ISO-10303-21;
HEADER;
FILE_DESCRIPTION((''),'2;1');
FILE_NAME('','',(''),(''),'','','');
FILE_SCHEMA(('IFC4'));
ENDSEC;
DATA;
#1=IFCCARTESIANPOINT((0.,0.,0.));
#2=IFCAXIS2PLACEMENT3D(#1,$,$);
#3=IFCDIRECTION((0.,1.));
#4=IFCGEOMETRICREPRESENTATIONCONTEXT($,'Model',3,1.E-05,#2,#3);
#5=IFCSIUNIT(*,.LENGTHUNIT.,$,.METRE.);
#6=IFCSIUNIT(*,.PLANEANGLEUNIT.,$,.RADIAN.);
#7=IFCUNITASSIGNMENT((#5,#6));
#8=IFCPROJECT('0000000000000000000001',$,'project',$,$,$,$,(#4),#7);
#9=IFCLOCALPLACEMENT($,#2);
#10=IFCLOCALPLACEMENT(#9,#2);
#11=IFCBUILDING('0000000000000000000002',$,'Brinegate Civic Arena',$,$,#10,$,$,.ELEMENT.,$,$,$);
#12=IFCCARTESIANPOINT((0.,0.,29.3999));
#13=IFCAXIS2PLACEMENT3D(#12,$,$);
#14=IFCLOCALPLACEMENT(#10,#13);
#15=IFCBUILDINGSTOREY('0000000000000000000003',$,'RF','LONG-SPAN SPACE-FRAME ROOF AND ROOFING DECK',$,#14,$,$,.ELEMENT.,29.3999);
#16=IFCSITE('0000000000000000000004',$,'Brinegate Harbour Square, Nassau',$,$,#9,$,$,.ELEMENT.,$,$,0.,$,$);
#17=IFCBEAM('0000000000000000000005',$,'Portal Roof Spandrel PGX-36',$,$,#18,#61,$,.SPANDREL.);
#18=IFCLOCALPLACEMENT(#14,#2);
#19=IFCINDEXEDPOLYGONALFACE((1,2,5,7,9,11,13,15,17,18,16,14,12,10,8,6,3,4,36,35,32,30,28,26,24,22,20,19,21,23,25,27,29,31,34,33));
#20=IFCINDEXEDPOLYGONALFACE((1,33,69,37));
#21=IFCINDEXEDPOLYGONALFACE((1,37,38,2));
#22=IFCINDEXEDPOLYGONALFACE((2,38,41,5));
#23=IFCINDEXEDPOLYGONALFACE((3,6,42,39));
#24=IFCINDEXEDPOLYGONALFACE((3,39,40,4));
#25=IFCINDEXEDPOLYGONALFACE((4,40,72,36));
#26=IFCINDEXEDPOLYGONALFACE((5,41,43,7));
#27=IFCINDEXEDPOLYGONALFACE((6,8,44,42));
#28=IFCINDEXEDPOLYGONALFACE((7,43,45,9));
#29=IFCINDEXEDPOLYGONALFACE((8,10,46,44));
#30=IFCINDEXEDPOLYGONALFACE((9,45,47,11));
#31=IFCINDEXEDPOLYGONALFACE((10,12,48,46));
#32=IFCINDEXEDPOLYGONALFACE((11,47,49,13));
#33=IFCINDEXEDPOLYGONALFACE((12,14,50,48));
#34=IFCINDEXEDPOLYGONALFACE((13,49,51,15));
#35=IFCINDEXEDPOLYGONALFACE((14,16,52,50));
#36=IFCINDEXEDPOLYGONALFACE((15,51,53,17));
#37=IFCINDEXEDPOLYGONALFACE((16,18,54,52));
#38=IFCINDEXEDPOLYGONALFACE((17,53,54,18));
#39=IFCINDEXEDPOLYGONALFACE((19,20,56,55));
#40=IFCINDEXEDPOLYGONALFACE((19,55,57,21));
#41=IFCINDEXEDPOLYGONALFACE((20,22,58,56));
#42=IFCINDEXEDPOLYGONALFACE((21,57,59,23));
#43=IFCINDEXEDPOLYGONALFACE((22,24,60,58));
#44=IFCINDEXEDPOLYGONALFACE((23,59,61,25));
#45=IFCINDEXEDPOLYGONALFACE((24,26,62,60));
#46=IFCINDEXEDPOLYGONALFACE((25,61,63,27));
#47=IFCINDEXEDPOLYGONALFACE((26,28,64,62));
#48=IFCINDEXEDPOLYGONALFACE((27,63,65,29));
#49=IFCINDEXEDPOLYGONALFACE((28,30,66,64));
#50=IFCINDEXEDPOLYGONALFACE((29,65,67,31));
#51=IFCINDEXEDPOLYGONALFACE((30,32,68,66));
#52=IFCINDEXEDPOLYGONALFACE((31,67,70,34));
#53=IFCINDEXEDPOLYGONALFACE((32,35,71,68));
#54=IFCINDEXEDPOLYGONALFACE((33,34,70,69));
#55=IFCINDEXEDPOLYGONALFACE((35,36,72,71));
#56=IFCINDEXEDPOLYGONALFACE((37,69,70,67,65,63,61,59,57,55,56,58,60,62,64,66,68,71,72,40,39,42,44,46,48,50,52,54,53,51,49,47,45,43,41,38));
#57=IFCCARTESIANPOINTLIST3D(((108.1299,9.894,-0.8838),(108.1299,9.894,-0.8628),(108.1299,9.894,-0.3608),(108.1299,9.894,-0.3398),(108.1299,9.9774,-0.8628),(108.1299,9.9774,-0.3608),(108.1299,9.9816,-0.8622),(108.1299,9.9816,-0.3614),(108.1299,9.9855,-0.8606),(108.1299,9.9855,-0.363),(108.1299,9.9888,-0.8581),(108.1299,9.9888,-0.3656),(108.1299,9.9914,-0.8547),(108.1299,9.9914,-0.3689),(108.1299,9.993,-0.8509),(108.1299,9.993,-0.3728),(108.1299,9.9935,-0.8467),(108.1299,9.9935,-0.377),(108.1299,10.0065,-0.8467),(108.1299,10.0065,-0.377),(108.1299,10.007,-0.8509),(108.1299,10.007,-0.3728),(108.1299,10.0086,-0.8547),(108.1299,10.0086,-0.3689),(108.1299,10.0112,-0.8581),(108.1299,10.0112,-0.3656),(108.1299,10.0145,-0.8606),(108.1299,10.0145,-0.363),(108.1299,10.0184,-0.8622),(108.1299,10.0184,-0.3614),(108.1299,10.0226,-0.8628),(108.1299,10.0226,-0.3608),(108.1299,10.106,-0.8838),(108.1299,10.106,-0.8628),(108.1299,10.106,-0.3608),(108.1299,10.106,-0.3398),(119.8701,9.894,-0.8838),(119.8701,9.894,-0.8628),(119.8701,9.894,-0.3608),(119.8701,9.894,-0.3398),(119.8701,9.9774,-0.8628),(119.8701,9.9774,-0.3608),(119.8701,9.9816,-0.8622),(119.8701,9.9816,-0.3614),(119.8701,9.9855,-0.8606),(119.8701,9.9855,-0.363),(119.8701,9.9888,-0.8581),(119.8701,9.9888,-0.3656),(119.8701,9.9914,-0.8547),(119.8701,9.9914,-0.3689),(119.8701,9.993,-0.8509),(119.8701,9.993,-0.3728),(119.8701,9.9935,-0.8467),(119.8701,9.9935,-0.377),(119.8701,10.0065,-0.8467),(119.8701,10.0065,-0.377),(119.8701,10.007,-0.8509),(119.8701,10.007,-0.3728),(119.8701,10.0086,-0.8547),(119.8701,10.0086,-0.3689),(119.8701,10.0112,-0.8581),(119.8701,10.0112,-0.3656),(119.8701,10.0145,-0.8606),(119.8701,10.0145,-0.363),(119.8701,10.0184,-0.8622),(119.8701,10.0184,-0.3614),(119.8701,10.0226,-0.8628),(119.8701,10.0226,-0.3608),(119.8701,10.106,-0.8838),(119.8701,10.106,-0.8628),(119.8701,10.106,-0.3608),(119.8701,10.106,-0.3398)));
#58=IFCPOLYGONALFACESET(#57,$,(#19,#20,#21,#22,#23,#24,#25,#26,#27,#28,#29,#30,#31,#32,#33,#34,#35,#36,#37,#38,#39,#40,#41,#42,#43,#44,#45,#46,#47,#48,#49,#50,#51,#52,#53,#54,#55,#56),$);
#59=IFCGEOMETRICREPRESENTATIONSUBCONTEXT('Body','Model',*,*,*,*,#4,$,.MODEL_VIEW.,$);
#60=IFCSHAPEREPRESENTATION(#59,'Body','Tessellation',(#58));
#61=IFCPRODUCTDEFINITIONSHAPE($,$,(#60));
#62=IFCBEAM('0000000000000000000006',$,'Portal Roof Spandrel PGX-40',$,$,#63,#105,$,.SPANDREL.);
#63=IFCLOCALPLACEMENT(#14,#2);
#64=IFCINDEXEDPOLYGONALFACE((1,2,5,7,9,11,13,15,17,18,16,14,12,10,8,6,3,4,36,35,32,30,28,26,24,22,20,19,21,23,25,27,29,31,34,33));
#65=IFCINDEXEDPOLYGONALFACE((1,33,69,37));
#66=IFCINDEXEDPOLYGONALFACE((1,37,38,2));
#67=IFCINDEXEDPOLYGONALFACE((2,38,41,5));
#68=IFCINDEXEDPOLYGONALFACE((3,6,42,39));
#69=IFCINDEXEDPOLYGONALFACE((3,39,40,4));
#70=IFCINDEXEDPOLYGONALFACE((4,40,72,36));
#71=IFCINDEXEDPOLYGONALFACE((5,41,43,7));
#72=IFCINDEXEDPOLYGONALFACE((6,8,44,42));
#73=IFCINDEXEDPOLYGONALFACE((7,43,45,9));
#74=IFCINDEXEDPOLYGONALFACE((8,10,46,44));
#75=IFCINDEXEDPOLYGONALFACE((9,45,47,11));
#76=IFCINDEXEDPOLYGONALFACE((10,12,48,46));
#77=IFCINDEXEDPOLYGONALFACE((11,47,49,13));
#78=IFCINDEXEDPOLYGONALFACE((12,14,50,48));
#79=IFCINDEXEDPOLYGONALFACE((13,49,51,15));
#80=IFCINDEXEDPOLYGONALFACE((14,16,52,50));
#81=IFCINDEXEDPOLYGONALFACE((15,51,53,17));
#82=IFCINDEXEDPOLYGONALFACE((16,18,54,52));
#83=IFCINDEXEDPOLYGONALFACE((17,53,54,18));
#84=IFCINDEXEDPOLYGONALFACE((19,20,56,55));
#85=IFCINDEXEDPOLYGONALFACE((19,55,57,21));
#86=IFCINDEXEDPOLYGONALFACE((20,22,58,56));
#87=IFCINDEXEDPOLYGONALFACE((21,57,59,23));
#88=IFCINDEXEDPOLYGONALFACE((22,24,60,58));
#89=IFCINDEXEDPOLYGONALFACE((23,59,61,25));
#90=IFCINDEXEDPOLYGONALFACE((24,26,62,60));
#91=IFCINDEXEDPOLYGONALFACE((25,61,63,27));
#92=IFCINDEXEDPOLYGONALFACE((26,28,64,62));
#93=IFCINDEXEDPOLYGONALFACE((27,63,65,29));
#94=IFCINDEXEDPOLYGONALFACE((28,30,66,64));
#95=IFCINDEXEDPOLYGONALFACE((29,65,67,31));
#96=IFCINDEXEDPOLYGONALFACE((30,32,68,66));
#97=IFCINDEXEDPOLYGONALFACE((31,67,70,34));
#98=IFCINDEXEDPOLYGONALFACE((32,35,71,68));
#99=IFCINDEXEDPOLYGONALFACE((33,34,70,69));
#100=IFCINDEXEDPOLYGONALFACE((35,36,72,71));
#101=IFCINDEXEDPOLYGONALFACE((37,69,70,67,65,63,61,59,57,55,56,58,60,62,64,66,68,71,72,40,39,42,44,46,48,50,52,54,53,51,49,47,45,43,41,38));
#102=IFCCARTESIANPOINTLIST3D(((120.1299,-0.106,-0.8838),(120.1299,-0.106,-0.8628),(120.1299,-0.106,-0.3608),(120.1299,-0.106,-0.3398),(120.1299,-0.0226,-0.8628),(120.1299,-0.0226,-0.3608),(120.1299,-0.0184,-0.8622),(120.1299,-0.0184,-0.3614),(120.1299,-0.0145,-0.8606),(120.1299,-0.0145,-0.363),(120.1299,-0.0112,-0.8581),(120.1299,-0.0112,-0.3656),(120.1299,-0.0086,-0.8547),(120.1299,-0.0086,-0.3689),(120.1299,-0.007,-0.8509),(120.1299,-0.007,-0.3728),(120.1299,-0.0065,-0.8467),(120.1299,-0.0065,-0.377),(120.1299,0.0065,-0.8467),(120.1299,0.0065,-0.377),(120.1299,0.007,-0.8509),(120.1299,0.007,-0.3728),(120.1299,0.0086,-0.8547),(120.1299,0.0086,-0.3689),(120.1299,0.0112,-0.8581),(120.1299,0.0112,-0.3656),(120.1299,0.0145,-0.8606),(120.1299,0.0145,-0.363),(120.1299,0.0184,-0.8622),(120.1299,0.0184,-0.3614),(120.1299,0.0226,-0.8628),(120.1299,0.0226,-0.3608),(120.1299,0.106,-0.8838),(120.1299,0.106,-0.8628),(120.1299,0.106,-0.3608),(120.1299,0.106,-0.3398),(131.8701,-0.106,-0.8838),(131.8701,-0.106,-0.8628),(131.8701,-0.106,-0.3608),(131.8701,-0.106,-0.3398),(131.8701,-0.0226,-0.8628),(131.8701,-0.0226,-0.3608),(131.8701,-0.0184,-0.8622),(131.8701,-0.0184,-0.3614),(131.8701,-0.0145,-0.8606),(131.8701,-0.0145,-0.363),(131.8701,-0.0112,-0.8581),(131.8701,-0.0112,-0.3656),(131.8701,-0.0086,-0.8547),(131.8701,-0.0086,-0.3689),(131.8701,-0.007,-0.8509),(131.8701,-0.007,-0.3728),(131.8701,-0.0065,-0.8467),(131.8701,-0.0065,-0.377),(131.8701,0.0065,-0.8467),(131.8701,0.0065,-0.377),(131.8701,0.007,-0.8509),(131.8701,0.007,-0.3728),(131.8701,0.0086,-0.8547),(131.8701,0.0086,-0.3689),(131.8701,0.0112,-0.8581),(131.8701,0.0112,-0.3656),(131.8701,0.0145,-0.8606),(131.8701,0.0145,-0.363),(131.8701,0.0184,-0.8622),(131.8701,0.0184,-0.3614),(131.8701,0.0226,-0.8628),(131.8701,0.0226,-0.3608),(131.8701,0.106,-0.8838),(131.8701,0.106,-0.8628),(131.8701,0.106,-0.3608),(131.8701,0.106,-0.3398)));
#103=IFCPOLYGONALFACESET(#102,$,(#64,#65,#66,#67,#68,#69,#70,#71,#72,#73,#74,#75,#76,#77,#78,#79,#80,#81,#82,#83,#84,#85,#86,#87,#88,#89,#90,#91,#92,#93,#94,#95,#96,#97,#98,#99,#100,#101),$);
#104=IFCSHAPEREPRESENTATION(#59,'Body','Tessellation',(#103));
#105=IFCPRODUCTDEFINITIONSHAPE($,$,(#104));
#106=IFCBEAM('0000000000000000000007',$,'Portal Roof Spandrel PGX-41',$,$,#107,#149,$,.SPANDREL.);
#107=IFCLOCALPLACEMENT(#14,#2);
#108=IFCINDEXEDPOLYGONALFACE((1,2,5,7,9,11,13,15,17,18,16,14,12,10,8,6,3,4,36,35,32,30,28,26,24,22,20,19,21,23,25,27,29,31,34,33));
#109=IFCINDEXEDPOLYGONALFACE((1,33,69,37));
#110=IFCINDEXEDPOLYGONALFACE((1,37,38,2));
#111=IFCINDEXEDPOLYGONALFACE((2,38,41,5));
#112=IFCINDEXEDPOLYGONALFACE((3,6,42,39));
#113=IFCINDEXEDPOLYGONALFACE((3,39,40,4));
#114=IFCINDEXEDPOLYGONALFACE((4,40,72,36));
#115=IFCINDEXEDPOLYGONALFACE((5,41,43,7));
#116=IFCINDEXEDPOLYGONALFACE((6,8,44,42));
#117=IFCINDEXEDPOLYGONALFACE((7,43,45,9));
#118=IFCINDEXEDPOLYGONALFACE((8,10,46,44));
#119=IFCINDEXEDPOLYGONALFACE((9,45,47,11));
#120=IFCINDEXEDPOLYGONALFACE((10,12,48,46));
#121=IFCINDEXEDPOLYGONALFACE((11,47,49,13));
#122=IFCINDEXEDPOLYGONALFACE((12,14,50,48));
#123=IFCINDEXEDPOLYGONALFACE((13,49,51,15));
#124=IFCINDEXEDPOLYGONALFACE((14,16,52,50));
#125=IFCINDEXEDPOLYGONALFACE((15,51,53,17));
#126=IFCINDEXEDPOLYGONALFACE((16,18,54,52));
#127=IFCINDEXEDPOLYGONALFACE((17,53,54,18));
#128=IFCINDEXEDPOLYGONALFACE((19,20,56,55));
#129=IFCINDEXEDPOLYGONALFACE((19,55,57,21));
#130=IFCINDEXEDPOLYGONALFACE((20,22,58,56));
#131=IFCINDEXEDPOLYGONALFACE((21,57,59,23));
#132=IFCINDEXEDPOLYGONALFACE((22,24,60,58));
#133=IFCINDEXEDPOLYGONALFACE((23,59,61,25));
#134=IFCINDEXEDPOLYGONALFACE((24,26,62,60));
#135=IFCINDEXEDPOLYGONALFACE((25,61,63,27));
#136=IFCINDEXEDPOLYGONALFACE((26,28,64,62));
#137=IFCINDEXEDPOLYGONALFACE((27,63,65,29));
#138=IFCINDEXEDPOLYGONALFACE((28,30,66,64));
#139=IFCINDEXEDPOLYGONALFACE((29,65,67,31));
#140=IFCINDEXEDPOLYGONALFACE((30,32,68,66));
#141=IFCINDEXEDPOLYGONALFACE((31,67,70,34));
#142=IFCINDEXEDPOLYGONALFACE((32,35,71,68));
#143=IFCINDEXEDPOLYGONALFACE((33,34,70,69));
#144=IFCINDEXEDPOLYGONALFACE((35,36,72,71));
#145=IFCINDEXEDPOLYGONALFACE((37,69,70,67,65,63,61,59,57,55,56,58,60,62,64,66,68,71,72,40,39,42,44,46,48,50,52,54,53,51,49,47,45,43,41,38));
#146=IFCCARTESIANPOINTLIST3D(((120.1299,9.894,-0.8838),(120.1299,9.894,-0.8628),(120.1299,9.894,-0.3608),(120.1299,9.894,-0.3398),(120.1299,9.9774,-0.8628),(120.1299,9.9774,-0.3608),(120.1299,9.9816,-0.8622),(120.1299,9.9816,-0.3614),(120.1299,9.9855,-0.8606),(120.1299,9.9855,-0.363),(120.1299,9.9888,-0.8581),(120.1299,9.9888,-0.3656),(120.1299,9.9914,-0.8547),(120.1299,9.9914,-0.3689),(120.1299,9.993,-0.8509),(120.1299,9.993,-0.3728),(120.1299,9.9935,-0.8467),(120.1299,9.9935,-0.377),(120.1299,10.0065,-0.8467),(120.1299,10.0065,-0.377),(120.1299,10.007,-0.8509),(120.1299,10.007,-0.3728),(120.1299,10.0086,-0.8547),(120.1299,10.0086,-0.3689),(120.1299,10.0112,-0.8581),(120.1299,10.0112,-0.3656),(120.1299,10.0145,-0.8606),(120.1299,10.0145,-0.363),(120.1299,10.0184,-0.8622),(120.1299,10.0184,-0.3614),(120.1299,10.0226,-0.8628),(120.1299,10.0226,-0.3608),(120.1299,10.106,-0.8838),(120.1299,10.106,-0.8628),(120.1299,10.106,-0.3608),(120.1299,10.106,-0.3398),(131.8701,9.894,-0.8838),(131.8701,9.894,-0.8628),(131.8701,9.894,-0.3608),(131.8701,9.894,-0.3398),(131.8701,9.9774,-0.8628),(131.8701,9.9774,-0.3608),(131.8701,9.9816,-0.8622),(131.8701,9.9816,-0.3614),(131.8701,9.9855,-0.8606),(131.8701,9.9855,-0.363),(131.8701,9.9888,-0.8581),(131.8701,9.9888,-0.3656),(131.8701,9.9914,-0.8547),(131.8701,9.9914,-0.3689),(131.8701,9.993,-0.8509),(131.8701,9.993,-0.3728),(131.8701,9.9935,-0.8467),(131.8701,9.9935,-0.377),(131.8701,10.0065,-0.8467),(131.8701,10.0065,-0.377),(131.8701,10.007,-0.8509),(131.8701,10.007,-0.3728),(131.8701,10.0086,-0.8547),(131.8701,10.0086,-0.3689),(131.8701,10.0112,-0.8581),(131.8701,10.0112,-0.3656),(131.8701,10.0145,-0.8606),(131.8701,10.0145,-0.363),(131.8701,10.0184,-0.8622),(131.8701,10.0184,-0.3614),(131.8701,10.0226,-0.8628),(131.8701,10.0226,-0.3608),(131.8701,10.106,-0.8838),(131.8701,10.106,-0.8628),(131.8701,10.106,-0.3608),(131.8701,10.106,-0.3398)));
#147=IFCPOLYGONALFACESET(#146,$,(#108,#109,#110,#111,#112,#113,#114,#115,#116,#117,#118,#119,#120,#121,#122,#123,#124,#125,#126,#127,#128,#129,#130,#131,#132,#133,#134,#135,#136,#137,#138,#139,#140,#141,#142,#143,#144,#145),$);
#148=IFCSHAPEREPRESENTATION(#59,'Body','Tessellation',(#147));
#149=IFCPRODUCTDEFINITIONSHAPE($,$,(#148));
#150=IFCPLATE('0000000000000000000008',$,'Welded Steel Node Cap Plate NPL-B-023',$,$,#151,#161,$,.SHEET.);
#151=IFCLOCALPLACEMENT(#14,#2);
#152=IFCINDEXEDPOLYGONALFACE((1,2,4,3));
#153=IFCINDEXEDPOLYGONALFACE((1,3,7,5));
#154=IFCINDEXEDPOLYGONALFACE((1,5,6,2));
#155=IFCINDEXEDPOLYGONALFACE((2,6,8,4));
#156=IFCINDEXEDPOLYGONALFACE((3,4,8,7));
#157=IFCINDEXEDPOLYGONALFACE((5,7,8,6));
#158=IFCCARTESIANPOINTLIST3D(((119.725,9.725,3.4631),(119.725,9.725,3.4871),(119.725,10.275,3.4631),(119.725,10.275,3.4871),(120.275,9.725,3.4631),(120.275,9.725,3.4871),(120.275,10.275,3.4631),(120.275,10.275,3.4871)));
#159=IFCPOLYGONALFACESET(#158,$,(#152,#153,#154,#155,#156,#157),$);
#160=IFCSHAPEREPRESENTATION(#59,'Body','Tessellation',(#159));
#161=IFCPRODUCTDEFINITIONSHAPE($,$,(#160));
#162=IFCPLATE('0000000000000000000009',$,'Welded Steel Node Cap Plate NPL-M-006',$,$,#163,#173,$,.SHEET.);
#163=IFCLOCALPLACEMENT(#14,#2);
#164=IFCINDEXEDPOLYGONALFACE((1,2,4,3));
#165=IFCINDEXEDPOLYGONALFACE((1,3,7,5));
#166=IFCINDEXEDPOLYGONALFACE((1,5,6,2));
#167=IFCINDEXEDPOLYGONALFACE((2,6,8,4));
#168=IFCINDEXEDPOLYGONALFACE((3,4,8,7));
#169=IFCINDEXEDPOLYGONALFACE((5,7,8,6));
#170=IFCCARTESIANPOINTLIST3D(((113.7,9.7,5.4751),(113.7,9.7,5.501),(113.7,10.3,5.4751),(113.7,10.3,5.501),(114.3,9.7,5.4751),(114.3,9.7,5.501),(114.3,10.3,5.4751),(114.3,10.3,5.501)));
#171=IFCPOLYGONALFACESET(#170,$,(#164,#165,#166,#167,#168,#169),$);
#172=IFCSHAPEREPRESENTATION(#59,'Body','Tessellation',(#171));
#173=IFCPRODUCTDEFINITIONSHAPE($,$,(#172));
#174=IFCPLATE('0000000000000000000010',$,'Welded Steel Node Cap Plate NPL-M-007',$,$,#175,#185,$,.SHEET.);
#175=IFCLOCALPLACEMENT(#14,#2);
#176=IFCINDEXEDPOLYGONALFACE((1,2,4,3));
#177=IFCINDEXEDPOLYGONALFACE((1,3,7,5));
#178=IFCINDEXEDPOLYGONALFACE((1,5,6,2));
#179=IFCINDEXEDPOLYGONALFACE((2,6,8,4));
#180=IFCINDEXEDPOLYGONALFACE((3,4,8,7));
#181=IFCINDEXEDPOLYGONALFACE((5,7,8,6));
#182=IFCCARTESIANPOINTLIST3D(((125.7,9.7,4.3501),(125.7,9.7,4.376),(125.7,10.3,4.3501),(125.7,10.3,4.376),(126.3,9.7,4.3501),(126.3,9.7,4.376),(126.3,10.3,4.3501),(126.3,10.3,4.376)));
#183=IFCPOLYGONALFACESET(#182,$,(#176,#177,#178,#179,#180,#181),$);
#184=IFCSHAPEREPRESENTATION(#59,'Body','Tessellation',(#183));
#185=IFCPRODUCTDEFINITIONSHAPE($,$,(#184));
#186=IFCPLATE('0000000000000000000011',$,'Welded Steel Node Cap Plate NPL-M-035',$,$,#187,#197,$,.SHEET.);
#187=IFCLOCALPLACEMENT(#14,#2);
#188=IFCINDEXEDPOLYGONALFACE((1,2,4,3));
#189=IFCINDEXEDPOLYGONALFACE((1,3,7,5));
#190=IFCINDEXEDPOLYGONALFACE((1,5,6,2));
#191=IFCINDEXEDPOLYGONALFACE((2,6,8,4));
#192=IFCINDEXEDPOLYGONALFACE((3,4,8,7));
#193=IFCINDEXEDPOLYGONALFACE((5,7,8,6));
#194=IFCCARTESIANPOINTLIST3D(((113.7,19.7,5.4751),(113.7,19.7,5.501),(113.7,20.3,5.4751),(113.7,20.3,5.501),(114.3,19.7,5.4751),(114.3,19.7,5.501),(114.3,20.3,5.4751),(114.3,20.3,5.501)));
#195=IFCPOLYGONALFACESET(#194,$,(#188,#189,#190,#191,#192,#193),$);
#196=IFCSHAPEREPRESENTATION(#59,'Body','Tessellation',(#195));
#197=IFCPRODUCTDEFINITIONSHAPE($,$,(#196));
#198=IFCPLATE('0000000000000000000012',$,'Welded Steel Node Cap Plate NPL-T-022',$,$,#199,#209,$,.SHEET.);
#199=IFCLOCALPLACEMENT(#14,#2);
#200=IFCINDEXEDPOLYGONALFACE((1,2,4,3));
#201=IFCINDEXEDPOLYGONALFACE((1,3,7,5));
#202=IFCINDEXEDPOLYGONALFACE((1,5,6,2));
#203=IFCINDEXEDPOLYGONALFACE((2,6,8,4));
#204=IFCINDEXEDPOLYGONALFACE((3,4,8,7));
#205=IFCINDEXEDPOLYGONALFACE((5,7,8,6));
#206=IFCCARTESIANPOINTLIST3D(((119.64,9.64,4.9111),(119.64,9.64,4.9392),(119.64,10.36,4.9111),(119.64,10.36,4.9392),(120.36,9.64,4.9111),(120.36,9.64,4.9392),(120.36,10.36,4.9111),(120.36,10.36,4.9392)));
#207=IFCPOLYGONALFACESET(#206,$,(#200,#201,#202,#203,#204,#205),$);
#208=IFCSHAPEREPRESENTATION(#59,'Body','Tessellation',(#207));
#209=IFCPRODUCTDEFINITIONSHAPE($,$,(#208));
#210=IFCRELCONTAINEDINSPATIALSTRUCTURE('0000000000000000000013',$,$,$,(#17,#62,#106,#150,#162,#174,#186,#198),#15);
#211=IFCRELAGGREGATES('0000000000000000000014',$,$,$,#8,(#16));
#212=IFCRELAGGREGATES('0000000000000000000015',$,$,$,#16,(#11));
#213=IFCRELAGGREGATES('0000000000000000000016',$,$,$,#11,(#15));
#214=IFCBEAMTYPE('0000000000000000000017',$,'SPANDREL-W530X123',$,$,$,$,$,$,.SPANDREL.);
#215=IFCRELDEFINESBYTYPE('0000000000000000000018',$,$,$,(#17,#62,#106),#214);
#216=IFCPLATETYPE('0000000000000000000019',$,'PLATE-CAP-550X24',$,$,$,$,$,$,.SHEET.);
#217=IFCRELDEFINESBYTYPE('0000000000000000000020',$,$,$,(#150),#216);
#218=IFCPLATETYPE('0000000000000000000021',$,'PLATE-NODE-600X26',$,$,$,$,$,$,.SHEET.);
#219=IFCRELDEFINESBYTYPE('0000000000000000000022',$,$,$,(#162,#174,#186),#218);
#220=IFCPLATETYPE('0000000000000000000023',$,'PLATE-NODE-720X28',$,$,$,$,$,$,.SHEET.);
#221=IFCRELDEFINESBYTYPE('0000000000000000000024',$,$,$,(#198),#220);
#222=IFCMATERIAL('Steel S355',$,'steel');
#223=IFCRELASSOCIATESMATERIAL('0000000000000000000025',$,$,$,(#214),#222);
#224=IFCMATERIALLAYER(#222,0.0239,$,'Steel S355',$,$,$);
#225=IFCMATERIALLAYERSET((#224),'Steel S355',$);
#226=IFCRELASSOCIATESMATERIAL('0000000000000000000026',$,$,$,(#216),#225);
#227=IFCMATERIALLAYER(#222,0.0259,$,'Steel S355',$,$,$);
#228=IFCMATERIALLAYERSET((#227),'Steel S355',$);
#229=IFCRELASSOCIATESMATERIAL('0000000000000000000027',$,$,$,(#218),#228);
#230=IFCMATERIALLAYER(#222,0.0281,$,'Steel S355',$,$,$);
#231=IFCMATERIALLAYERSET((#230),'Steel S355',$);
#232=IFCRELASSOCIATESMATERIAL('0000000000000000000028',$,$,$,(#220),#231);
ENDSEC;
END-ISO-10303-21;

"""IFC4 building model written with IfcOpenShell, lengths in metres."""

from ifc_helpers import new_model, si_unit, direction, frame, origin, origin_2d, place, context, subcontext, project, spatial, rectangle, i_section, extrude, material, layer, layer_set, material_profile, profile_set, type_object, element, save


model = new_model("IFC4")

# Units and contexts
model_context = context("Model", 3, precision=1e-05, world=origin(), true_north=direction((0.0, 1.0)))
body_context = subcontext(model_context, "Body", "Model", "MODEL_VIEW")
ifc_project = project(units=[si_unit("LENGTHUNIT", "METRE"), si_unit("PLANEANGLEUNIT", "RADIAN")], contexts=[model_context])

# Site, building, storey
site_placement = place(None, origin())
site = spatial("IfcSite", under=ifc_project, at=site_placement, Name="Brinegate Harbour Square, Nassau", CompositionType="ELEMENT", RefElevation=0.0)
building_placement = place(site_placement, origin())
building = spatial("IfcBuilding", under=site, at=building_placement, Name="Brinegate Civic Arena", CompositionType="ELEMENT")
storey_placement = place(building_placement, frame((0.0, 0.0, 29.3999)))
storey = spatial("IfcBuildingStorey", under=building, at=storey_placement, Name="RF", Description="LONG-SPAN SPACE-FRAME ROOF AND ROOFING DECK", CompositionType="ELEMENT", Elevation=29.3999)

# Shared definitions
ifc_material_1 = material(Name="Steel S355", Category="steel")

# Beams
ifc_material_profile_1 = material_profile(ifc_material_1, i_section(OverallWidth=0.2119, OverallDepth=0.5439, WebThickness=0.0129, FlangeThickness=0.021, FilletRadius=0.0161, at=origin_2d()), Name="W530X123")
ifc_profile_set_1 = profile_set([ifc_material_profile_1], Name="Steel S355")
beam_type_1 = type_object("IfcBeamType", Name="SPANDREL-W530X123", PredefinedType="SPANDREL", material=ifc_profile_set_1)
for number, where, z_axis, x_axis, name in (
    (1, (108.1299, 10.0, -0.6118), (1.0, 0.0, 0.0), (0.0, 1.0, 0.0), "Portal Roof Spandrel PGX-36"),
    (2, (120.1299, 0.0, -0.6118), (1.0, 0.0, 0.0), (0.0, 1.0, 0.0), "Portal Roof Spandrel PGX-40"),
    (3, (120.1299, 10.0, -0.6118), (1.0, 0.0, 0.0), (0.0, 1.0, 0.0), "Portal Roof Spandrel PGX-41"),
):
    element("IfcBeam", number, at=place(storey_placement, frame(where, z_axis=z_axis, x_axis=x_axis)), inside=storey, type_object=beam_type_1, Name=name, PredefinedType="SPANDREL", context=body_context, shape_type="SweptSolid", body=[
        extrude(i_section(OverallWidth=0.2119, OverallDepth=0.5439, WebThickness=0.0129, FlangeThickness=0.021, FilletRadius=0.0161, at=origin_2d()), origin(), (0.0, 0.0, 1.0), 11.7402),
    ])

# Plates
ifc_layer_1 = layer(ifc_material_1, 0.0239, Name="Steel S355")
ifc_layer_set_1 = layer_set([ifc_layer_1], Name="Steel S355")
plate_type_1 = type_object("IfcPlateType", Name="PLATE-CAP-550X24", PredefinedType="SHEET", material=ifc_layer_set_1)
plate_1_placement = place(storey_placement, frame((120.0, 10.0, 3.4631), z_axis=(0.0, 0.0, 1.0), x_axis=(1.0, 0.0, 0.0)))
element("IfcPlate", 4, at=plate_1_placement, inside=storey, type_object=plate_type_1, Name="Welded Steel Node Cap Plate NPL-B-023", PredefinedType="SHEET", context=body_context, shape_type="SweptSolid", body=[
    extrude(rectangle(XDim=0.55, YDim=0.55, at=origin_2d()), origin(), (0.0, 0.0, 1.0), 0.0239),
])
ifc_layer_2 = layer(ifc_material_1, 0.0259, Name="Steel S355")
ifc_layer_set_2 = layer_set([ifc_layer_2], Name="Steel S355")
plate_type_2 = type_object("IfcPlateType", Name="PLATE-NODE-600X26", PredefinedType="SHEET", material=ifc_layer_set_2)
for number, where, z_axis, x_axis, name in (
    (5, (114.0, 10.0, 5.4751), (0.0, 0.0, 1.0), (1.0, 0.0, 0.0), "Welded Steel Node Cap Plate NPL-M-006"),
    (6, (126.0, 10.0, 4.3501), (0.0, 0.0, 1.0), (1.0, 0.0, 0.0), "Welded Steel Node Cap Plate NPL-M-007"),
    (7, (114.0, 20.0, 5.4751), (0.0, 0.0, 1.0), (1.0, 0.0, 0.0), "Welded Steel Node Cap Plate NPL-M-035"),
):
    element("IfcPlate", number, at=place(storey_placement, frame(where, z_axis=z_axis, x_axis=x_axis)), inside=storey, type_object=plate_type_2, Name=name, PredefinedType="SHEET", context=body_context, shape_type="SweptSolid", body=[
        extrude(rectangle(XDim=0.6001, YDim=0.6001, at=origin_2d()), origin(), (0.0, 0.0, 1.0), 0.0259),
    ])
ifc_layer_3 = layer(ifc_material_1, 0.0281, Name="Steel S355")
ifc_layer_set_3 = layer_set([ifc_layer_3], Name="Steel S355")
plate_type_3 = type_object("IfcPlateType", Name="PLATE-NODE-720X28", PredefinedType="SHEET", material=ifc_layer_set_3)
plate_2_placement = place(storey_placement, frame((120.0, 10.0, 4.9111), z_axis=(0.0, 0.0, 1.0), x_axis=(1.0, 0.0, 0.0)))
element("IfcPlate", 8, at=plate_2_placement, inside=storey, type_object=plate_type_3, Name="Welded Steel Node Cap Plate NPL-T-022", PredefinedType="SHEET", context=body_context, shape_type="SweptSolid", body=[
    extrude(rectangle(XDim=0.72, YDim=0.72, at=origin_2d()), origin(), (0.0, 0.0, 1.0), 0.0281),
])

save(model, "model.ifc")
